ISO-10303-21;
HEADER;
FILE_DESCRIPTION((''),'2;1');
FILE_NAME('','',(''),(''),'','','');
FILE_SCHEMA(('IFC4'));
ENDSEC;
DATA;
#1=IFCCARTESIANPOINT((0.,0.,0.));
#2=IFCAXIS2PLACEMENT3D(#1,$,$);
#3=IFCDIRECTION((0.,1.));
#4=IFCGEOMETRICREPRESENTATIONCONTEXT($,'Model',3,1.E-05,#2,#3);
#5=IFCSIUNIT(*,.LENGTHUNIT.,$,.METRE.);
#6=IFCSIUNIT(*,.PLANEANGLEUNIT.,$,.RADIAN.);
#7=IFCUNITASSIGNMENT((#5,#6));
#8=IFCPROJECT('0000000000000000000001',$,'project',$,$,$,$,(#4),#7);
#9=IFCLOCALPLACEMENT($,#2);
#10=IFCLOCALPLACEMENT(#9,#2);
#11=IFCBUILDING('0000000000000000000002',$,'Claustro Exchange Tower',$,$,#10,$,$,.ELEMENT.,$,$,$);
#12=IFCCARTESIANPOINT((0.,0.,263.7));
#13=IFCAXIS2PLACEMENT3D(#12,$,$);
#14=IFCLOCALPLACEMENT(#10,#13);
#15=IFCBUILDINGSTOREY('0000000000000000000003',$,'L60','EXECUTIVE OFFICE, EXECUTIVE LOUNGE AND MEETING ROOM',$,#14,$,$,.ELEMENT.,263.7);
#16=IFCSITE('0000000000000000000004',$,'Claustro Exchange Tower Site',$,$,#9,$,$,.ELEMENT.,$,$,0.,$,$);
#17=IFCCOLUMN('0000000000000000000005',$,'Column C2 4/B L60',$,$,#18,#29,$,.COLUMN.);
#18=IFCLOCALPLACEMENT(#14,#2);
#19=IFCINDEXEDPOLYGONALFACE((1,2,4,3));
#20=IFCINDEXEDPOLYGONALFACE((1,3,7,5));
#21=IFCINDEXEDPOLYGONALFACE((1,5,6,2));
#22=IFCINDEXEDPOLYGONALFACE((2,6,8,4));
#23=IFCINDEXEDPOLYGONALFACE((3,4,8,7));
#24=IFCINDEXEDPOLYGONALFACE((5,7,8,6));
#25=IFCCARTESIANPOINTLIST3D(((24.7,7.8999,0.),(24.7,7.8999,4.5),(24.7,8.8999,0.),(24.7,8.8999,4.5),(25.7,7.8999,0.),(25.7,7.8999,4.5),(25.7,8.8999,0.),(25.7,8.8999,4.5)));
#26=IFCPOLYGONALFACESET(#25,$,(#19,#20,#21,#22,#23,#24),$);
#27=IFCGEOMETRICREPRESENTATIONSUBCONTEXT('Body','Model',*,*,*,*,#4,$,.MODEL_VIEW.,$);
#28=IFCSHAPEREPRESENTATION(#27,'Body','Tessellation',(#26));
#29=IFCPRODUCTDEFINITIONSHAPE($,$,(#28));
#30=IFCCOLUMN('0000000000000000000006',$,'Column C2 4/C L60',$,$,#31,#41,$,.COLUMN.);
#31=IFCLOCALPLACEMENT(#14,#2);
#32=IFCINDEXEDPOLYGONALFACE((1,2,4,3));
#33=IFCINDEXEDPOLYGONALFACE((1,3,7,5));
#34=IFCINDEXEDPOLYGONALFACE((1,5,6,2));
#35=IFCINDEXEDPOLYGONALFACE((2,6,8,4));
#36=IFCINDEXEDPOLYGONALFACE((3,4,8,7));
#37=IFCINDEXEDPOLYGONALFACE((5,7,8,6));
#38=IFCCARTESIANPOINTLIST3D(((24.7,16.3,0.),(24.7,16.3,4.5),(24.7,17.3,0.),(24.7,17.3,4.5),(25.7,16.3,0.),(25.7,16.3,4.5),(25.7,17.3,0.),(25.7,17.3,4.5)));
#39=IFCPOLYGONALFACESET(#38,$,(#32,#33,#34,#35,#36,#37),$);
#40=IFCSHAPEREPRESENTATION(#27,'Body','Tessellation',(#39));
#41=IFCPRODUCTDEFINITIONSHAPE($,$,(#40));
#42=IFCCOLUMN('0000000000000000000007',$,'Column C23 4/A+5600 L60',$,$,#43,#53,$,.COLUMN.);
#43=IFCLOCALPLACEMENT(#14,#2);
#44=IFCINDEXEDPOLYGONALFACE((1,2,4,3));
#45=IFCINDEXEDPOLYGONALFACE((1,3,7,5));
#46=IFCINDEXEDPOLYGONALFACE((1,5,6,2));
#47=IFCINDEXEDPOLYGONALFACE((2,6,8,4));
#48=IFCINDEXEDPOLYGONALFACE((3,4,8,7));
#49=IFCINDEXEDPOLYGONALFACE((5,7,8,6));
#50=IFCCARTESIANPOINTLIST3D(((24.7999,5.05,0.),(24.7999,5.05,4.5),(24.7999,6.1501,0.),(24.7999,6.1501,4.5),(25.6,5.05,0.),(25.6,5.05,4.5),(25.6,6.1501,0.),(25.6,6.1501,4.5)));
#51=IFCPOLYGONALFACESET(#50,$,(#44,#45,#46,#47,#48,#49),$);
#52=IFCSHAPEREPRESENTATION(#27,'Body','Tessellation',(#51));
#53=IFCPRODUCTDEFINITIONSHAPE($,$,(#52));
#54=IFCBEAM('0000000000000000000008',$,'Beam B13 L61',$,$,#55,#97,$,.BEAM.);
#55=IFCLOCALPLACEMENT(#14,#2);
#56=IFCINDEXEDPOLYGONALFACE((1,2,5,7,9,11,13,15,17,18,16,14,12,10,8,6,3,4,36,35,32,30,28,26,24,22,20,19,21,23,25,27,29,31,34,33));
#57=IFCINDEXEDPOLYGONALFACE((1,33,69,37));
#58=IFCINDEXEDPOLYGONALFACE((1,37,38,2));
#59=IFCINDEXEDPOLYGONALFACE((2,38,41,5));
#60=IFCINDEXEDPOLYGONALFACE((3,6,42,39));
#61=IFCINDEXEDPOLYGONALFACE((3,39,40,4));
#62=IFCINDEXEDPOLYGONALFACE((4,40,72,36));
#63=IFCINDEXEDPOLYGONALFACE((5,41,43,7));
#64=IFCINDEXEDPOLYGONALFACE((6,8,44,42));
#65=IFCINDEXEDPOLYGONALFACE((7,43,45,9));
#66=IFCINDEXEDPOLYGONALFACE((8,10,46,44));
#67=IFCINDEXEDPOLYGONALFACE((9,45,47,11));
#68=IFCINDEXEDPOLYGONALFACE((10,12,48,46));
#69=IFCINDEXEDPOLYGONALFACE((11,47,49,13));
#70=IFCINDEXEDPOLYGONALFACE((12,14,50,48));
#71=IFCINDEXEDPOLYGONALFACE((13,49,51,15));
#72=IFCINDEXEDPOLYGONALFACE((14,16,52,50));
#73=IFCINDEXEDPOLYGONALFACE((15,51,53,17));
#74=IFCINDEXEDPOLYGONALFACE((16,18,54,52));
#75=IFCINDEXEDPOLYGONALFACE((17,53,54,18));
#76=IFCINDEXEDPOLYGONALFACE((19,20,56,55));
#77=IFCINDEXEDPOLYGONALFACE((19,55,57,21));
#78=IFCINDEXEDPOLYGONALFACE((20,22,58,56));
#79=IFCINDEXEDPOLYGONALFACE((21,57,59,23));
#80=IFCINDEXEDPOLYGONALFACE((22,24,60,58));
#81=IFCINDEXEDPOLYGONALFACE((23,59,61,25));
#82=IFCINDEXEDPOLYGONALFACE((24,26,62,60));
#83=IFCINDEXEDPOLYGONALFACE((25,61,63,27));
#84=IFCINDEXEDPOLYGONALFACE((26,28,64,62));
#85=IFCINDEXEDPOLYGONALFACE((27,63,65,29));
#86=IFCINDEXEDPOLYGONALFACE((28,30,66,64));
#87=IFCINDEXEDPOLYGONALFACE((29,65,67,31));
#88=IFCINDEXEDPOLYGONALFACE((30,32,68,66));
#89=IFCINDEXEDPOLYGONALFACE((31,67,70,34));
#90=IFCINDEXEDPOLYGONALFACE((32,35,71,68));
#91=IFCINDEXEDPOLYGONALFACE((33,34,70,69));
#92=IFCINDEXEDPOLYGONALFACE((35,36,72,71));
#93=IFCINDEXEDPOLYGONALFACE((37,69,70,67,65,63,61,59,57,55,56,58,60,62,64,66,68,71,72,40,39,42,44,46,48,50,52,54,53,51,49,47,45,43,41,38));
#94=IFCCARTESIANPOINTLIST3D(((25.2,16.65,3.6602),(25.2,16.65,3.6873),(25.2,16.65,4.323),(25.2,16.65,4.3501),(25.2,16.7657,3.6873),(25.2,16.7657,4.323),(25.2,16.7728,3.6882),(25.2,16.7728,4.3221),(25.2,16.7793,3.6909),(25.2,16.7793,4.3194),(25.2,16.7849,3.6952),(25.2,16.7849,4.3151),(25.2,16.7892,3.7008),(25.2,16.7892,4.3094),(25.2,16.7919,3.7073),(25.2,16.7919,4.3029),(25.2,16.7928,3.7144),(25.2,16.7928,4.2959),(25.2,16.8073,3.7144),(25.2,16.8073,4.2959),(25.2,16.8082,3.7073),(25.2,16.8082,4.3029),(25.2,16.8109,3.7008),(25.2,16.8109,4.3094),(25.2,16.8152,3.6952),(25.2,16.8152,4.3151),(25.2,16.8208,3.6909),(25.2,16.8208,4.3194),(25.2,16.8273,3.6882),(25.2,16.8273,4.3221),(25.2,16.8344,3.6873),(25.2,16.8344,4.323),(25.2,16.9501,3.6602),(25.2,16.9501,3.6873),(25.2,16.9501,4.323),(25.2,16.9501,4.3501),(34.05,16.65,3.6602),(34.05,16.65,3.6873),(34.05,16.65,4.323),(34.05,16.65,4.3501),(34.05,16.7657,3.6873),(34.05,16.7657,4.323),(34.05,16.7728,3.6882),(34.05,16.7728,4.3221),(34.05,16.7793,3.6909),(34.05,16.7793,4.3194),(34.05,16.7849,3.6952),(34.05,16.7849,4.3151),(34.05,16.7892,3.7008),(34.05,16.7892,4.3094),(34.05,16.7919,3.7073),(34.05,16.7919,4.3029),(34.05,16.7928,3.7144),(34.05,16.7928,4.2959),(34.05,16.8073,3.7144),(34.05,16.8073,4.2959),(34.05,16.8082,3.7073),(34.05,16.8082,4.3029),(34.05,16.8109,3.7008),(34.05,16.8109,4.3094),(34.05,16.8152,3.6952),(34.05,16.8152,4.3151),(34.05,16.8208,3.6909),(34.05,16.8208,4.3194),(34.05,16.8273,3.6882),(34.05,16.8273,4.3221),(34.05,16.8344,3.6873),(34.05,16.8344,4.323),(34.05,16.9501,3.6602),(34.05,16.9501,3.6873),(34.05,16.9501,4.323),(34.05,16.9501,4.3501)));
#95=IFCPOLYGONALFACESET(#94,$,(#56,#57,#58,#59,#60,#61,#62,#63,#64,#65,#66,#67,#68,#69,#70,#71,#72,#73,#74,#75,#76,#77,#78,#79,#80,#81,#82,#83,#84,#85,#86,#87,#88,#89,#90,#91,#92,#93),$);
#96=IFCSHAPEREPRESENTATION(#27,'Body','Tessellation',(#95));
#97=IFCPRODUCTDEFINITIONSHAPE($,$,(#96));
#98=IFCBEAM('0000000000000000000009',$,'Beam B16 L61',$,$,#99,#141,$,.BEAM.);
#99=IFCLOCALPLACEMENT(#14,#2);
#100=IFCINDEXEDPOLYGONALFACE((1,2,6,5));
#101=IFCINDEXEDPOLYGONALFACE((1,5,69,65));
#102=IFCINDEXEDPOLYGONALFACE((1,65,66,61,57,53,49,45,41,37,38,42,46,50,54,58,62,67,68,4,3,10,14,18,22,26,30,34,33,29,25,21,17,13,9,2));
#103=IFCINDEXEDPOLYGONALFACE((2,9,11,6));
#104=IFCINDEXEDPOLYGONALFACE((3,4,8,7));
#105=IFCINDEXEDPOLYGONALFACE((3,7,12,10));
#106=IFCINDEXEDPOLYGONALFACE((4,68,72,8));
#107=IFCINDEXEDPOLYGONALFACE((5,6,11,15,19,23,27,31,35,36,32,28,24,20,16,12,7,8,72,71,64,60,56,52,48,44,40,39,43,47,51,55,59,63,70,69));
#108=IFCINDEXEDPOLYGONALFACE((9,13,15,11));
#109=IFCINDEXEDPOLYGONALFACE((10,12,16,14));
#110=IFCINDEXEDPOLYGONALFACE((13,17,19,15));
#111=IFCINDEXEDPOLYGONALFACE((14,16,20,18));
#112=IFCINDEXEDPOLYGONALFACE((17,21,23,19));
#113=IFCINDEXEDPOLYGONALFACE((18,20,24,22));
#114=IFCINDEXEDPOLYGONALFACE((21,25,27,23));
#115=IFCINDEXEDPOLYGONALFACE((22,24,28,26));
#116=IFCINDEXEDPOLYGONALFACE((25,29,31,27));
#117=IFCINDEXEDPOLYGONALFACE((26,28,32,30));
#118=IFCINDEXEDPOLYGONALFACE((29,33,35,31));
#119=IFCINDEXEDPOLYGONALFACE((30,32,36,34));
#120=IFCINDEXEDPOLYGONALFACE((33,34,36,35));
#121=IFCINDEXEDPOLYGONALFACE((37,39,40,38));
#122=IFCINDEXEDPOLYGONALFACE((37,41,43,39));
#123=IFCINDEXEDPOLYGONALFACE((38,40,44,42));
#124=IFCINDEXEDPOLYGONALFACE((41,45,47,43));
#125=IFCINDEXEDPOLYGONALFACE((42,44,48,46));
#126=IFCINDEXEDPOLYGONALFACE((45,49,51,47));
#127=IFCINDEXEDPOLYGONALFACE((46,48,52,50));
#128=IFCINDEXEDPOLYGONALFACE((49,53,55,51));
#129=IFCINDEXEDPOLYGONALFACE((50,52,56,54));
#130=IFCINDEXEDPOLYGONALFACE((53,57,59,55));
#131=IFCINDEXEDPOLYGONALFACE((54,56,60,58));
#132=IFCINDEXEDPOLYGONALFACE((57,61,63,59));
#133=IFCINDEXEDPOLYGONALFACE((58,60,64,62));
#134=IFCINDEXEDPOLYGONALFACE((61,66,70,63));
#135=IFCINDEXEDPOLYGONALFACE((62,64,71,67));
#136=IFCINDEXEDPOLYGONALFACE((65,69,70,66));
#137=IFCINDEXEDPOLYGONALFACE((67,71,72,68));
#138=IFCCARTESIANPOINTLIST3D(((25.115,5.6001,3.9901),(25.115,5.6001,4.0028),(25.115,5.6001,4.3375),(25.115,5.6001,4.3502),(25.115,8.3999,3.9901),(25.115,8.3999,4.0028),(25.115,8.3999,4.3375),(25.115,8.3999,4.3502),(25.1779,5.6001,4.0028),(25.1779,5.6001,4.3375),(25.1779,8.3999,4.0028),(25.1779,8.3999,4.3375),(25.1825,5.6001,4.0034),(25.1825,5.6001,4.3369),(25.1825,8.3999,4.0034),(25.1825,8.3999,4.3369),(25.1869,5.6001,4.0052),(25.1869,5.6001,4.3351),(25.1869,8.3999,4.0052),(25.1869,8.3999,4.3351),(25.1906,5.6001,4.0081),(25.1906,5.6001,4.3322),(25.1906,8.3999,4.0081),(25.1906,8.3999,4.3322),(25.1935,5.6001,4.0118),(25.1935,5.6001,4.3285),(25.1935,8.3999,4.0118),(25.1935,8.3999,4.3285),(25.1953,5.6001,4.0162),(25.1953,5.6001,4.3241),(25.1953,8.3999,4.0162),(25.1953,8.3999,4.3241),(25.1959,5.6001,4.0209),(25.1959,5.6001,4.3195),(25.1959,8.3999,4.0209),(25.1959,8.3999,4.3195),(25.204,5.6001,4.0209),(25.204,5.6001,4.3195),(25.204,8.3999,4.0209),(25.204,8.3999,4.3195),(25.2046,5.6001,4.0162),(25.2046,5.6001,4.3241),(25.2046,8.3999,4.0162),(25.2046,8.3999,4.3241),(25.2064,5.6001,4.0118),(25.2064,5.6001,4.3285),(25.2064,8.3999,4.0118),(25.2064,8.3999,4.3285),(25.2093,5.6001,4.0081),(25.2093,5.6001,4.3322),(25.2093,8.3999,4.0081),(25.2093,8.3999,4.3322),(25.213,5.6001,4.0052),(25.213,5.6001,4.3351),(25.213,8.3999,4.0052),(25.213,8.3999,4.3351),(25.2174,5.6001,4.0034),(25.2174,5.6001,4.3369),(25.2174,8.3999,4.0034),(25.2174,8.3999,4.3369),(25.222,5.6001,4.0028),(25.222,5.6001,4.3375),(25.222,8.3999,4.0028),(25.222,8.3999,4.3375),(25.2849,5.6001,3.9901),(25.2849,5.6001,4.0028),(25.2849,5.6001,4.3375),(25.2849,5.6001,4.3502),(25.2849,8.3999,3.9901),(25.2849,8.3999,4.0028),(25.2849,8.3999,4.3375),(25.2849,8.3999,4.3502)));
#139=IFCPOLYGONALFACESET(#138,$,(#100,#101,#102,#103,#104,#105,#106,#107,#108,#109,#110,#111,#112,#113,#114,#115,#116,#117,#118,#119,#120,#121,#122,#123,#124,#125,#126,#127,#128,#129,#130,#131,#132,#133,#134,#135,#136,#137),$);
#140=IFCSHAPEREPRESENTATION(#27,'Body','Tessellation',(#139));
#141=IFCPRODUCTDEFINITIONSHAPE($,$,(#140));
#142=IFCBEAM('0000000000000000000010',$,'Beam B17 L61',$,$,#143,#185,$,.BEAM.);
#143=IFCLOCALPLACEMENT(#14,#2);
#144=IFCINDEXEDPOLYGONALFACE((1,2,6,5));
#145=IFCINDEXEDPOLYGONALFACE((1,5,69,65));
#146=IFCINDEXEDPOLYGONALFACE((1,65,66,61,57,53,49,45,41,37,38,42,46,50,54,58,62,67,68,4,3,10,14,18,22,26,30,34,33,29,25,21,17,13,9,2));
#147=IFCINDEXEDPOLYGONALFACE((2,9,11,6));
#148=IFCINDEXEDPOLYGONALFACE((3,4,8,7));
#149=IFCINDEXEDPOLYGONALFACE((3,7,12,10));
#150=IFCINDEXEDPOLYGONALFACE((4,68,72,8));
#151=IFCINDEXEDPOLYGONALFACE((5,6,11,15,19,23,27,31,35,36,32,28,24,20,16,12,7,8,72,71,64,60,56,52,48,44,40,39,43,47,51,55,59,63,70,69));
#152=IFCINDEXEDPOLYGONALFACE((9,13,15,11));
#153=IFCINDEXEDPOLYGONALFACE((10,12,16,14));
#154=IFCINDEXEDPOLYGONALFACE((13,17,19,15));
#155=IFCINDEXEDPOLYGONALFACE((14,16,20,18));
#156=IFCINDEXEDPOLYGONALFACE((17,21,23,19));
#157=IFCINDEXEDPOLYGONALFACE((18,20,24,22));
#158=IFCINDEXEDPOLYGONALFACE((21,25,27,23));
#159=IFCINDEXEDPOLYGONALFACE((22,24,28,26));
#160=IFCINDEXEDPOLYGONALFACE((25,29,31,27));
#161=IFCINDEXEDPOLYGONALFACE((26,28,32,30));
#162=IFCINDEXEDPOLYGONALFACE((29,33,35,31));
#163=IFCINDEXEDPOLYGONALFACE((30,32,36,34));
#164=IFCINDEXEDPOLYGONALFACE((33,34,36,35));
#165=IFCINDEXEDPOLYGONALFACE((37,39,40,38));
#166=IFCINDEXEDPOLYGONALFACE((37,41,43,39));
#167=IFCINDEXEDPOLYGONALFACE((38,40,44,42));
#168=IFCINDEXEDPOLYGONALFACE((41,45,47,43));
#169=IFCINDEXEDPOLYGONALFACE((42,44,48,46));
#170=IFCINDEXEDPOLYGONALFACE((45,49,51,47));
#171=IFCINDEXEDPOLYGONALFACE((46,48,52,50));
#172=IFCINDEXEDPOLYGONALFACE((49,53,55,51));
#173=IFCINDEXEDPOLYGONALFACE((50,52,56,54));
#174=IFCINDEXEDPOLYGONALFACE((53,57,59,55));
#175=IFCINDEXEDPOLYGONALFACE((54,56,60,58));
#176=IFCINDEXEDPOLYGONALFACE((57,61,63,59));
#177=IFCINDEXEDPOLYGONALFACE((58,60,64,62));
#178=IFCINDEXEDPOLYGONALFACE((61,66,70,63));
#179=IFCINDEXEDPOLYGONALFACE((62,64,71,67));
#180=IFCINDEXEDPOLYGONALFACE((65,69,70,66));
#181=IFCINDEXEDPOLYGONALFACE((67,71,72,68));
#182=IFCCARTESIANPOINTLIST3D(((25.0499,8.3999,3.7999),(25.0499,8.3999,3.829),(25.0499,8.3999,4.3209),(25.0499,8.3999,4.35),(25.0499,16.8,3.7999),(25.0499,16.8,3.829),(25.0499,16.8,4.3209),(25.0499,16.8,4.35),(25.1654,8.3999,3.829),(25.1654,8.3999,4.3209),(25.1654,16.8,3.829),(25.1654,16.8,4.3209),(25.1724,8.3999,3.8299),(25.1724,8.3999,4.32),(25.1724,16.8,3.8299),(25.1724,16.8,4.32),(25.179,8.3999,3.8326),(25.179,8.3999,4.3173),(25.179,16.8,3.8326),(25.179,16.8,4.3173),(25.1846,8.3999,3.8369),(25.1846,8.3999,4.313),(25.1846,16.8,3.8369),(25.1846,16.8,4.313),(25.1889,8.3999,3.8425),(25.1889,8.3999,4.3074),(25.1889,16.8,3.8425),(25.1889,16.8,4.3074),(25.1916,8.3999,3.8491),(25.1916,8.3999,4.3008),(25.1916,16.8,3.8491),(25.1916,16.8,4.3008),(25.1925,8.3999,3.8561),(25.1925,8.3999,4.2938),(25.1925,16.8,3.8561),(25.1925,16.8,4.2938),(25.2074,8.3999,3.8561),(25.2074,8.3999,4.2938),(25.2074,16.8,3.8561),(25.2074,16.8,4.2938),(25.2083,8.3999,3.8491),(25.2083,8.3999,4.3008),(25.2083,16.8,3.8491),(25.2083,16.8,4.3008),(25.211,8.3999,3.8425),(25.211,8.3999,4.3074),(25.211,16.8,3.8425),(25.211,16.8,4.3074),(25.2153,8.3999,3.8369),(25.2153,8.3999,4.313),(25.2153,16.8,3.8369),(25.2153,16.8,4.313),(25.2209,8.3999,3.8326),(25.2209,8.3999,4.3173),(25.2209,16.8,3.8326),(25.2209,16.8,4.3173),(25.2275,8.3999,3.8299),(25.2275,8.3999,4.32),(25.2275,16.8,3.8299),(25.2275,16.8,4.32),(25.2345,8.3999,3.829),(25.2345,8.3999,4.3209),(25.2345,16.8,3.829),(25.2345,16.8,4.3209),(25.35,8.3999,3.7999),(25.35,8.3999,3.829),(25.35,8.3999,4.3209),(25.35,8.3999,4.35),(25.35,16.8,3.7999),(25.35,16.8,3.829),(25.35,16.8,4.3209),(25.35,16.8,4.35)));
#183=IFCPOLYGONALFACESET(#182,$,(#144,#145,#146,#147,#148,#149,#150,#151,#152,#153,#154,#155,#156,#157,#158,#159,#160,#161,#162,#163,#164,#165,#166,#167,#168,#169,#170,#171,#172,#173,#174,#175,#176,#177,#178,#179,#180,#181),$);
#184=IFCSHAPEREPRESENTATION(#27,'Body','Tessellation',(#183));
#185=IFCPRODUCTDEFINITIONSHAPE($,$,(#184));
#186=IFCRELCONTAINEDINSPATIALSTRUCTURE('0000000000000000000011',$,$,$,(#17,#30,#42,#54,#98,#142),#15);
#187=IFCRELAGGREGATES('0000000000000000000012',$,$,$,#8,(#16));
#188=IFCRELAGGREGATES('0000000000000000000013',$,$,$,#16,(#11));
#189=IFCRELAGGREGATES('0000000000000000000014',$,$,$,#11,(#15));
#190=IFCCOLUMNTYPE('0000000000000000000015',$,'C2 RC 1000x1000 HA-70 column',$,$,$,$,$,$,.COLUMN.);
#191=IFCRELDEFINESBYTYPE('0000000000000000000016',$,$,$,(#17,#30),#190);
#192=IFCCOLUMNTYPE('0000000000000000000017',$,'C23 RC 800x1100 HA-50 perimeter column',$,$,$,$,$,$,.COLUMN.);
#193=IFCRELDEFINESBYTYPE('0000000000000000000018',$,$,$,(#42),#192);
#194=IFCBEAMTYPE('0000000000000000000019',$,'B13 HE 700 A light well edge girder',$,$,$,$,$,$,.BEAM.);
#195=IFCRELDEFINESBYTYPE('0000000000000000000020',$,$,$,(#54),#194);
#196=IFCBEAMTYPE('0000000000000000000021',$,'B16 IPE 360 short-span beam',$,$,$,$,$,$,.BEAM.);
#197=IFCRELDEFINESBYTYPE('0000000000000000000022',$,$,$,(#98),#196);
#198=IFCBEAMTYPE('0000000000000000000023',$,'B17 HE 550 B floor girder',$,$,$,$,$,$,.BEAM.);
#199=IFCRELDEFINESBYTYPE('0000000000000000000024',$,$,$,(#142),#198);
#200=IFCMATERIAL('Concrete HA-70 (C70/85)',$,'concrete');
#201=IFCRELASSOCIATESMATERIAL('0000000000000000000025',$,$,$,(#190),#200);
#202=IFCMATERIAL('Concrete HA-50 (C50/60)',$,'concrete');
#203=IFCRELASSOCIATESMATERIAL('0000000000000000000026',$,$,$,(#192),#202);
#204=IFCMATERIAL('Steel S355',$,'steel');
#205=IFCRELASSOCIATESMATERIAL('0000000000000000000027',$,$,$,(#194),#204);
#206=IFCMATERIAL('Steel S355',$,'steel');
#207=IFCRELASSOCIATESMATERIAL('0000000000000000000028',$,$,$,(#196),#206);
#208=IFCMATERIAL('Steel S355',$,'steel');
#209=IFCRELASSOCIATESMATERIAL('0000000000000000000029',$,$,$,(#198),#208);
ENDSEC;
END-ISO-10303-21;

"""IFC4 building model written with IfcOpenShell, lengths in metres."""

from ifc_helpers import new_model, si_unit, direction, frame, origin, origin_2d, place, context, subcontext, project, spatial, rectangle, i_section, extrude, material, material_profile, profile_set, type_object, element, save


model = new_model("IFC4")

# Units and contexts
model_context = context("Model", 3, precision=1e-05, world=origin(), true_north=direction((0.0, 1.0)))
body_context = subcontext(model_context, "Body", "Model", "MODEL_VIEW")
ifc_project = project(units=[si_unit("LENGTHUNIT", "METRE"), si_unit("PLANEANGLEUNIT", "RADIAN")], contexts=[model_context])

# Site, building, storey
site_placement = place(None, origin())
site = spatial("IfcSite", under=ifc_project, at=site_placement, Name="Claustro Exchange Tower Site", CompositionType="ELEMENT", RefElevation=0.0)
building_placement = place(site_placement, origin())
building = spatial("IfcBuilding", under=site, at=building_placement, Name="Claustro Exchange Tower", CompositionType="ELEMENT")
storey_placement = place(building_placement, frame((0.0, 0.0, 263.7)))
storey = spatial("IfcBuildingStorey", under=building, at=storey_placement, Name="L60", Description="EXECUTIVE OFFICE, EXECUTIVE LOUNGE AND MEETING ROOM", CompositionType="ELEMENT", Elevation=263.7)

# Columns
ifc_material_1 = material(Name="Concrete HA-70 (C70/85)", Category="concrete")
ifc_material_profile_1 = material_profile(ifc_material_1, rectangle(XDim=1.0, YDim=1.0, at=origin_2d()), Name="RC 1000x1000")
ifc_profile_set_1 = profile_set([ifc_material_profile_1], Name="Concrete HA-70 (C70/85)")
column_type_1 = type_object("IfcColumnType", Name="C2 RC 1000x1000 HA-70 column", PredefinedType="COLUMN", material=ifc_profile_set_1)
for number, where, z_axis, x_axis, name in (
    (1, (25.2, 8.3999, 0.0), (0.0, 0.0, 1.0), (1.0, 0.0, 0.0), "Column C2 4/B L60"),
    (2, (25.2, 16.8, 0.0), (0.0, 0.0, 1.0), (1.0, 0.0, 0.0), "Column C2 4/C L60"),
):
    element("IfcColumn", number, at=place(storey_placement, frame(where, z_axis=z_axis, x_axis=x_axis)), inside=storey, type_object=column_type_1, Name=name, PredefinedType="COLUMN", context=body_context, shape_type="SweptSolid", body=[
        extrude(rectangle(XDim=1.0, YDim=1.0, at=origin_2d()), origin(), (0.0, 0.0, 1.0), 4.5),
    ])
ifc_material_2 = material(Name="Concrete HA-50 (C50/60)", Category="concrete")
ifc_material_profile_2 = material_profile(ifc_material_2, rectangle(XDim=0.8, YDim=1.1001, at=origin_2d()), Name="RC 800x1100")
ifc_profile_set_2 = profile_set([ifc_material_profile_2], Name="Concrete HA-50 (C50/60)")
column_type_2 = type_object("IfcColumnType", Name="C23 RC 800x1100 HA-50 perimeter column", PredefinedType="COLUMN", material=ifc_profile_set_2)
column_placement = place(storey_placement, frame((25.2, 5.6001, 0.0), z_axis=(0.0, 0.0, 1.0), x_axis=(1.0, 0.0, 0.0)))
element("IfcColumn", 3, at=column_placement, inside=storey, type_object=column_type_2, Name="Column C23 4/A+5600 L60", PredefinedType="COLUMN", context=body_context, shape_type="SweptSolid", body=[
    extrude(rectangle(XDim=0.8, YDim=1.1001, at=origin_2d()), origin(), (0.0, 0.0, 1.0), 4.5),
])

# Beams
ifc_material_3 = material(Name="Steel S355", Category="steel")
ifc_material_profile_3 = material_profile(ifc_material_3, i_section(OverallWidth=0.3, OverallDepth=0.6899, WebThickness=0.0144, FlangeThickness=0.0271, FilletRadius=0.0271, at=origin_2d()), Name="HE 700 A")
ifc_profile_set_3 = profile_set([ifc_material_profile_3], Name="Steel S355")
beam_type_1 = type_object("IfcBeamType", Name="B13 HE 700 A light well edge girder", PredefinedType="BEAM", material=ifc_profile_set_3)
beam_1_placement = place(storey_placement, frame((25.2, 16.8, 4.0051), z_axis=(1.0, 0.0, 0.0), x_axis=(0.0, 1.0, 0.0)))
element("IfcBeam", 4, at=beam_1_placement, inside=storey, type_object=beam_type_1, Name="Beam B13 L61", PredefinedType="BEAM", context=body_context, shape_type="SweptSolid", body=[
    extrude(i_section(OverallWidth=0.3, OverallDepth=0.6899, WebThickness=0.0144, FlangeThickness=0.0271, FilletRadius=0.0271, at=origin_2d()), origin(), (0.0, 0.0, 1.0), 8.8501),
])
ifc_material_4 = material(Name="Steel S355", Category="steel")
ifc_material_profile_4 = material_profile(ifc_material_4, i_section(OverallWidth=0.1699, OverallDepth=0.3601, WebThickness=0.0081, FlangeThickness=0.0127, FilletRadius=0.0181, at=origin_2d()), Name="IPE 360")
ifc_profile_set_4 = profile_set([ifc_material_profile_4], Name="Steel S355")
beam_type_2 = type_object("IfcBeamType", Name="B16 IPE 360 short-span beam", PredefinedType="BEAM", material=ifc_profile_set_4)
beam_2_placement = place(storey_placement, frame((25.2, 5.6001, 4.1702), z_axis=(0.0, 1.0, 0.0), x_axis=(-1.0, 0.0, 0.0)))
element("IfcBeam", 5, at=beam_2_placement, inside=storey, type_object=beam_type_2, Name="Beam B16 L61", PredefinedType="BEAM", context=body_context, shape_type="SweptSolid", body=[
    extrude(i_section(OverallWidth=0.1699, OverallDepth=0.3601, WebThickness=0.0081, FlangeThickness=0.0127, FilletRadius=0.0181, at=origin_2d()), origin(), (0.0, 0.0, 1.0), 2.7998),
])
ifc_material_5 = material(Name="Steel S355", Category="steel")
ifc_material_profile_5 = material_profile(ifc_material_5, i_section(OverallWidth=0.3, OverallDepth=0.55, WebThickness=0.0149, FlangeThickness=0.0291, FilletRadius=0.0271, at=origin_2d()), Name="HE 550 B")
ifc_profile_set_5 = profile_set([ifc_material_profile_5], Name="Steel S355")
beam_type_3 = type_object("IfcBeamType", Name="B17 HE 550 B floor girder", PredefinedType="BEAM", material=ifc_profile_set_5)
for number, where, z_axis, x_axis, name in (
    (6, (25.2, 8.3999, 4.075), (0.0, 1.0, 0.0), (-1.0, 0.0, 0.0), "Beam B17 L61"),
):
    element("IfcBeam", number, at=place(storey_placement, frame(where, z_axis=z_axis, x_axis=x_axis)), inside=storey, type_object=beam_type_3, Name=name, PredefinedType="BEAM", context=body_context, shape_type="SweptSolid", body=[
        extrude(i_section(OverallWidth=0.3, OverallDepth=0.55, WebThickness=0.0149, FlangeThickness=0.0291, FilletRadius=0.0271, at=origin_2d()), origin(), (0.0, 0.0, 1.0), 8.4001),
    ])

save(model, "model.ifc")
